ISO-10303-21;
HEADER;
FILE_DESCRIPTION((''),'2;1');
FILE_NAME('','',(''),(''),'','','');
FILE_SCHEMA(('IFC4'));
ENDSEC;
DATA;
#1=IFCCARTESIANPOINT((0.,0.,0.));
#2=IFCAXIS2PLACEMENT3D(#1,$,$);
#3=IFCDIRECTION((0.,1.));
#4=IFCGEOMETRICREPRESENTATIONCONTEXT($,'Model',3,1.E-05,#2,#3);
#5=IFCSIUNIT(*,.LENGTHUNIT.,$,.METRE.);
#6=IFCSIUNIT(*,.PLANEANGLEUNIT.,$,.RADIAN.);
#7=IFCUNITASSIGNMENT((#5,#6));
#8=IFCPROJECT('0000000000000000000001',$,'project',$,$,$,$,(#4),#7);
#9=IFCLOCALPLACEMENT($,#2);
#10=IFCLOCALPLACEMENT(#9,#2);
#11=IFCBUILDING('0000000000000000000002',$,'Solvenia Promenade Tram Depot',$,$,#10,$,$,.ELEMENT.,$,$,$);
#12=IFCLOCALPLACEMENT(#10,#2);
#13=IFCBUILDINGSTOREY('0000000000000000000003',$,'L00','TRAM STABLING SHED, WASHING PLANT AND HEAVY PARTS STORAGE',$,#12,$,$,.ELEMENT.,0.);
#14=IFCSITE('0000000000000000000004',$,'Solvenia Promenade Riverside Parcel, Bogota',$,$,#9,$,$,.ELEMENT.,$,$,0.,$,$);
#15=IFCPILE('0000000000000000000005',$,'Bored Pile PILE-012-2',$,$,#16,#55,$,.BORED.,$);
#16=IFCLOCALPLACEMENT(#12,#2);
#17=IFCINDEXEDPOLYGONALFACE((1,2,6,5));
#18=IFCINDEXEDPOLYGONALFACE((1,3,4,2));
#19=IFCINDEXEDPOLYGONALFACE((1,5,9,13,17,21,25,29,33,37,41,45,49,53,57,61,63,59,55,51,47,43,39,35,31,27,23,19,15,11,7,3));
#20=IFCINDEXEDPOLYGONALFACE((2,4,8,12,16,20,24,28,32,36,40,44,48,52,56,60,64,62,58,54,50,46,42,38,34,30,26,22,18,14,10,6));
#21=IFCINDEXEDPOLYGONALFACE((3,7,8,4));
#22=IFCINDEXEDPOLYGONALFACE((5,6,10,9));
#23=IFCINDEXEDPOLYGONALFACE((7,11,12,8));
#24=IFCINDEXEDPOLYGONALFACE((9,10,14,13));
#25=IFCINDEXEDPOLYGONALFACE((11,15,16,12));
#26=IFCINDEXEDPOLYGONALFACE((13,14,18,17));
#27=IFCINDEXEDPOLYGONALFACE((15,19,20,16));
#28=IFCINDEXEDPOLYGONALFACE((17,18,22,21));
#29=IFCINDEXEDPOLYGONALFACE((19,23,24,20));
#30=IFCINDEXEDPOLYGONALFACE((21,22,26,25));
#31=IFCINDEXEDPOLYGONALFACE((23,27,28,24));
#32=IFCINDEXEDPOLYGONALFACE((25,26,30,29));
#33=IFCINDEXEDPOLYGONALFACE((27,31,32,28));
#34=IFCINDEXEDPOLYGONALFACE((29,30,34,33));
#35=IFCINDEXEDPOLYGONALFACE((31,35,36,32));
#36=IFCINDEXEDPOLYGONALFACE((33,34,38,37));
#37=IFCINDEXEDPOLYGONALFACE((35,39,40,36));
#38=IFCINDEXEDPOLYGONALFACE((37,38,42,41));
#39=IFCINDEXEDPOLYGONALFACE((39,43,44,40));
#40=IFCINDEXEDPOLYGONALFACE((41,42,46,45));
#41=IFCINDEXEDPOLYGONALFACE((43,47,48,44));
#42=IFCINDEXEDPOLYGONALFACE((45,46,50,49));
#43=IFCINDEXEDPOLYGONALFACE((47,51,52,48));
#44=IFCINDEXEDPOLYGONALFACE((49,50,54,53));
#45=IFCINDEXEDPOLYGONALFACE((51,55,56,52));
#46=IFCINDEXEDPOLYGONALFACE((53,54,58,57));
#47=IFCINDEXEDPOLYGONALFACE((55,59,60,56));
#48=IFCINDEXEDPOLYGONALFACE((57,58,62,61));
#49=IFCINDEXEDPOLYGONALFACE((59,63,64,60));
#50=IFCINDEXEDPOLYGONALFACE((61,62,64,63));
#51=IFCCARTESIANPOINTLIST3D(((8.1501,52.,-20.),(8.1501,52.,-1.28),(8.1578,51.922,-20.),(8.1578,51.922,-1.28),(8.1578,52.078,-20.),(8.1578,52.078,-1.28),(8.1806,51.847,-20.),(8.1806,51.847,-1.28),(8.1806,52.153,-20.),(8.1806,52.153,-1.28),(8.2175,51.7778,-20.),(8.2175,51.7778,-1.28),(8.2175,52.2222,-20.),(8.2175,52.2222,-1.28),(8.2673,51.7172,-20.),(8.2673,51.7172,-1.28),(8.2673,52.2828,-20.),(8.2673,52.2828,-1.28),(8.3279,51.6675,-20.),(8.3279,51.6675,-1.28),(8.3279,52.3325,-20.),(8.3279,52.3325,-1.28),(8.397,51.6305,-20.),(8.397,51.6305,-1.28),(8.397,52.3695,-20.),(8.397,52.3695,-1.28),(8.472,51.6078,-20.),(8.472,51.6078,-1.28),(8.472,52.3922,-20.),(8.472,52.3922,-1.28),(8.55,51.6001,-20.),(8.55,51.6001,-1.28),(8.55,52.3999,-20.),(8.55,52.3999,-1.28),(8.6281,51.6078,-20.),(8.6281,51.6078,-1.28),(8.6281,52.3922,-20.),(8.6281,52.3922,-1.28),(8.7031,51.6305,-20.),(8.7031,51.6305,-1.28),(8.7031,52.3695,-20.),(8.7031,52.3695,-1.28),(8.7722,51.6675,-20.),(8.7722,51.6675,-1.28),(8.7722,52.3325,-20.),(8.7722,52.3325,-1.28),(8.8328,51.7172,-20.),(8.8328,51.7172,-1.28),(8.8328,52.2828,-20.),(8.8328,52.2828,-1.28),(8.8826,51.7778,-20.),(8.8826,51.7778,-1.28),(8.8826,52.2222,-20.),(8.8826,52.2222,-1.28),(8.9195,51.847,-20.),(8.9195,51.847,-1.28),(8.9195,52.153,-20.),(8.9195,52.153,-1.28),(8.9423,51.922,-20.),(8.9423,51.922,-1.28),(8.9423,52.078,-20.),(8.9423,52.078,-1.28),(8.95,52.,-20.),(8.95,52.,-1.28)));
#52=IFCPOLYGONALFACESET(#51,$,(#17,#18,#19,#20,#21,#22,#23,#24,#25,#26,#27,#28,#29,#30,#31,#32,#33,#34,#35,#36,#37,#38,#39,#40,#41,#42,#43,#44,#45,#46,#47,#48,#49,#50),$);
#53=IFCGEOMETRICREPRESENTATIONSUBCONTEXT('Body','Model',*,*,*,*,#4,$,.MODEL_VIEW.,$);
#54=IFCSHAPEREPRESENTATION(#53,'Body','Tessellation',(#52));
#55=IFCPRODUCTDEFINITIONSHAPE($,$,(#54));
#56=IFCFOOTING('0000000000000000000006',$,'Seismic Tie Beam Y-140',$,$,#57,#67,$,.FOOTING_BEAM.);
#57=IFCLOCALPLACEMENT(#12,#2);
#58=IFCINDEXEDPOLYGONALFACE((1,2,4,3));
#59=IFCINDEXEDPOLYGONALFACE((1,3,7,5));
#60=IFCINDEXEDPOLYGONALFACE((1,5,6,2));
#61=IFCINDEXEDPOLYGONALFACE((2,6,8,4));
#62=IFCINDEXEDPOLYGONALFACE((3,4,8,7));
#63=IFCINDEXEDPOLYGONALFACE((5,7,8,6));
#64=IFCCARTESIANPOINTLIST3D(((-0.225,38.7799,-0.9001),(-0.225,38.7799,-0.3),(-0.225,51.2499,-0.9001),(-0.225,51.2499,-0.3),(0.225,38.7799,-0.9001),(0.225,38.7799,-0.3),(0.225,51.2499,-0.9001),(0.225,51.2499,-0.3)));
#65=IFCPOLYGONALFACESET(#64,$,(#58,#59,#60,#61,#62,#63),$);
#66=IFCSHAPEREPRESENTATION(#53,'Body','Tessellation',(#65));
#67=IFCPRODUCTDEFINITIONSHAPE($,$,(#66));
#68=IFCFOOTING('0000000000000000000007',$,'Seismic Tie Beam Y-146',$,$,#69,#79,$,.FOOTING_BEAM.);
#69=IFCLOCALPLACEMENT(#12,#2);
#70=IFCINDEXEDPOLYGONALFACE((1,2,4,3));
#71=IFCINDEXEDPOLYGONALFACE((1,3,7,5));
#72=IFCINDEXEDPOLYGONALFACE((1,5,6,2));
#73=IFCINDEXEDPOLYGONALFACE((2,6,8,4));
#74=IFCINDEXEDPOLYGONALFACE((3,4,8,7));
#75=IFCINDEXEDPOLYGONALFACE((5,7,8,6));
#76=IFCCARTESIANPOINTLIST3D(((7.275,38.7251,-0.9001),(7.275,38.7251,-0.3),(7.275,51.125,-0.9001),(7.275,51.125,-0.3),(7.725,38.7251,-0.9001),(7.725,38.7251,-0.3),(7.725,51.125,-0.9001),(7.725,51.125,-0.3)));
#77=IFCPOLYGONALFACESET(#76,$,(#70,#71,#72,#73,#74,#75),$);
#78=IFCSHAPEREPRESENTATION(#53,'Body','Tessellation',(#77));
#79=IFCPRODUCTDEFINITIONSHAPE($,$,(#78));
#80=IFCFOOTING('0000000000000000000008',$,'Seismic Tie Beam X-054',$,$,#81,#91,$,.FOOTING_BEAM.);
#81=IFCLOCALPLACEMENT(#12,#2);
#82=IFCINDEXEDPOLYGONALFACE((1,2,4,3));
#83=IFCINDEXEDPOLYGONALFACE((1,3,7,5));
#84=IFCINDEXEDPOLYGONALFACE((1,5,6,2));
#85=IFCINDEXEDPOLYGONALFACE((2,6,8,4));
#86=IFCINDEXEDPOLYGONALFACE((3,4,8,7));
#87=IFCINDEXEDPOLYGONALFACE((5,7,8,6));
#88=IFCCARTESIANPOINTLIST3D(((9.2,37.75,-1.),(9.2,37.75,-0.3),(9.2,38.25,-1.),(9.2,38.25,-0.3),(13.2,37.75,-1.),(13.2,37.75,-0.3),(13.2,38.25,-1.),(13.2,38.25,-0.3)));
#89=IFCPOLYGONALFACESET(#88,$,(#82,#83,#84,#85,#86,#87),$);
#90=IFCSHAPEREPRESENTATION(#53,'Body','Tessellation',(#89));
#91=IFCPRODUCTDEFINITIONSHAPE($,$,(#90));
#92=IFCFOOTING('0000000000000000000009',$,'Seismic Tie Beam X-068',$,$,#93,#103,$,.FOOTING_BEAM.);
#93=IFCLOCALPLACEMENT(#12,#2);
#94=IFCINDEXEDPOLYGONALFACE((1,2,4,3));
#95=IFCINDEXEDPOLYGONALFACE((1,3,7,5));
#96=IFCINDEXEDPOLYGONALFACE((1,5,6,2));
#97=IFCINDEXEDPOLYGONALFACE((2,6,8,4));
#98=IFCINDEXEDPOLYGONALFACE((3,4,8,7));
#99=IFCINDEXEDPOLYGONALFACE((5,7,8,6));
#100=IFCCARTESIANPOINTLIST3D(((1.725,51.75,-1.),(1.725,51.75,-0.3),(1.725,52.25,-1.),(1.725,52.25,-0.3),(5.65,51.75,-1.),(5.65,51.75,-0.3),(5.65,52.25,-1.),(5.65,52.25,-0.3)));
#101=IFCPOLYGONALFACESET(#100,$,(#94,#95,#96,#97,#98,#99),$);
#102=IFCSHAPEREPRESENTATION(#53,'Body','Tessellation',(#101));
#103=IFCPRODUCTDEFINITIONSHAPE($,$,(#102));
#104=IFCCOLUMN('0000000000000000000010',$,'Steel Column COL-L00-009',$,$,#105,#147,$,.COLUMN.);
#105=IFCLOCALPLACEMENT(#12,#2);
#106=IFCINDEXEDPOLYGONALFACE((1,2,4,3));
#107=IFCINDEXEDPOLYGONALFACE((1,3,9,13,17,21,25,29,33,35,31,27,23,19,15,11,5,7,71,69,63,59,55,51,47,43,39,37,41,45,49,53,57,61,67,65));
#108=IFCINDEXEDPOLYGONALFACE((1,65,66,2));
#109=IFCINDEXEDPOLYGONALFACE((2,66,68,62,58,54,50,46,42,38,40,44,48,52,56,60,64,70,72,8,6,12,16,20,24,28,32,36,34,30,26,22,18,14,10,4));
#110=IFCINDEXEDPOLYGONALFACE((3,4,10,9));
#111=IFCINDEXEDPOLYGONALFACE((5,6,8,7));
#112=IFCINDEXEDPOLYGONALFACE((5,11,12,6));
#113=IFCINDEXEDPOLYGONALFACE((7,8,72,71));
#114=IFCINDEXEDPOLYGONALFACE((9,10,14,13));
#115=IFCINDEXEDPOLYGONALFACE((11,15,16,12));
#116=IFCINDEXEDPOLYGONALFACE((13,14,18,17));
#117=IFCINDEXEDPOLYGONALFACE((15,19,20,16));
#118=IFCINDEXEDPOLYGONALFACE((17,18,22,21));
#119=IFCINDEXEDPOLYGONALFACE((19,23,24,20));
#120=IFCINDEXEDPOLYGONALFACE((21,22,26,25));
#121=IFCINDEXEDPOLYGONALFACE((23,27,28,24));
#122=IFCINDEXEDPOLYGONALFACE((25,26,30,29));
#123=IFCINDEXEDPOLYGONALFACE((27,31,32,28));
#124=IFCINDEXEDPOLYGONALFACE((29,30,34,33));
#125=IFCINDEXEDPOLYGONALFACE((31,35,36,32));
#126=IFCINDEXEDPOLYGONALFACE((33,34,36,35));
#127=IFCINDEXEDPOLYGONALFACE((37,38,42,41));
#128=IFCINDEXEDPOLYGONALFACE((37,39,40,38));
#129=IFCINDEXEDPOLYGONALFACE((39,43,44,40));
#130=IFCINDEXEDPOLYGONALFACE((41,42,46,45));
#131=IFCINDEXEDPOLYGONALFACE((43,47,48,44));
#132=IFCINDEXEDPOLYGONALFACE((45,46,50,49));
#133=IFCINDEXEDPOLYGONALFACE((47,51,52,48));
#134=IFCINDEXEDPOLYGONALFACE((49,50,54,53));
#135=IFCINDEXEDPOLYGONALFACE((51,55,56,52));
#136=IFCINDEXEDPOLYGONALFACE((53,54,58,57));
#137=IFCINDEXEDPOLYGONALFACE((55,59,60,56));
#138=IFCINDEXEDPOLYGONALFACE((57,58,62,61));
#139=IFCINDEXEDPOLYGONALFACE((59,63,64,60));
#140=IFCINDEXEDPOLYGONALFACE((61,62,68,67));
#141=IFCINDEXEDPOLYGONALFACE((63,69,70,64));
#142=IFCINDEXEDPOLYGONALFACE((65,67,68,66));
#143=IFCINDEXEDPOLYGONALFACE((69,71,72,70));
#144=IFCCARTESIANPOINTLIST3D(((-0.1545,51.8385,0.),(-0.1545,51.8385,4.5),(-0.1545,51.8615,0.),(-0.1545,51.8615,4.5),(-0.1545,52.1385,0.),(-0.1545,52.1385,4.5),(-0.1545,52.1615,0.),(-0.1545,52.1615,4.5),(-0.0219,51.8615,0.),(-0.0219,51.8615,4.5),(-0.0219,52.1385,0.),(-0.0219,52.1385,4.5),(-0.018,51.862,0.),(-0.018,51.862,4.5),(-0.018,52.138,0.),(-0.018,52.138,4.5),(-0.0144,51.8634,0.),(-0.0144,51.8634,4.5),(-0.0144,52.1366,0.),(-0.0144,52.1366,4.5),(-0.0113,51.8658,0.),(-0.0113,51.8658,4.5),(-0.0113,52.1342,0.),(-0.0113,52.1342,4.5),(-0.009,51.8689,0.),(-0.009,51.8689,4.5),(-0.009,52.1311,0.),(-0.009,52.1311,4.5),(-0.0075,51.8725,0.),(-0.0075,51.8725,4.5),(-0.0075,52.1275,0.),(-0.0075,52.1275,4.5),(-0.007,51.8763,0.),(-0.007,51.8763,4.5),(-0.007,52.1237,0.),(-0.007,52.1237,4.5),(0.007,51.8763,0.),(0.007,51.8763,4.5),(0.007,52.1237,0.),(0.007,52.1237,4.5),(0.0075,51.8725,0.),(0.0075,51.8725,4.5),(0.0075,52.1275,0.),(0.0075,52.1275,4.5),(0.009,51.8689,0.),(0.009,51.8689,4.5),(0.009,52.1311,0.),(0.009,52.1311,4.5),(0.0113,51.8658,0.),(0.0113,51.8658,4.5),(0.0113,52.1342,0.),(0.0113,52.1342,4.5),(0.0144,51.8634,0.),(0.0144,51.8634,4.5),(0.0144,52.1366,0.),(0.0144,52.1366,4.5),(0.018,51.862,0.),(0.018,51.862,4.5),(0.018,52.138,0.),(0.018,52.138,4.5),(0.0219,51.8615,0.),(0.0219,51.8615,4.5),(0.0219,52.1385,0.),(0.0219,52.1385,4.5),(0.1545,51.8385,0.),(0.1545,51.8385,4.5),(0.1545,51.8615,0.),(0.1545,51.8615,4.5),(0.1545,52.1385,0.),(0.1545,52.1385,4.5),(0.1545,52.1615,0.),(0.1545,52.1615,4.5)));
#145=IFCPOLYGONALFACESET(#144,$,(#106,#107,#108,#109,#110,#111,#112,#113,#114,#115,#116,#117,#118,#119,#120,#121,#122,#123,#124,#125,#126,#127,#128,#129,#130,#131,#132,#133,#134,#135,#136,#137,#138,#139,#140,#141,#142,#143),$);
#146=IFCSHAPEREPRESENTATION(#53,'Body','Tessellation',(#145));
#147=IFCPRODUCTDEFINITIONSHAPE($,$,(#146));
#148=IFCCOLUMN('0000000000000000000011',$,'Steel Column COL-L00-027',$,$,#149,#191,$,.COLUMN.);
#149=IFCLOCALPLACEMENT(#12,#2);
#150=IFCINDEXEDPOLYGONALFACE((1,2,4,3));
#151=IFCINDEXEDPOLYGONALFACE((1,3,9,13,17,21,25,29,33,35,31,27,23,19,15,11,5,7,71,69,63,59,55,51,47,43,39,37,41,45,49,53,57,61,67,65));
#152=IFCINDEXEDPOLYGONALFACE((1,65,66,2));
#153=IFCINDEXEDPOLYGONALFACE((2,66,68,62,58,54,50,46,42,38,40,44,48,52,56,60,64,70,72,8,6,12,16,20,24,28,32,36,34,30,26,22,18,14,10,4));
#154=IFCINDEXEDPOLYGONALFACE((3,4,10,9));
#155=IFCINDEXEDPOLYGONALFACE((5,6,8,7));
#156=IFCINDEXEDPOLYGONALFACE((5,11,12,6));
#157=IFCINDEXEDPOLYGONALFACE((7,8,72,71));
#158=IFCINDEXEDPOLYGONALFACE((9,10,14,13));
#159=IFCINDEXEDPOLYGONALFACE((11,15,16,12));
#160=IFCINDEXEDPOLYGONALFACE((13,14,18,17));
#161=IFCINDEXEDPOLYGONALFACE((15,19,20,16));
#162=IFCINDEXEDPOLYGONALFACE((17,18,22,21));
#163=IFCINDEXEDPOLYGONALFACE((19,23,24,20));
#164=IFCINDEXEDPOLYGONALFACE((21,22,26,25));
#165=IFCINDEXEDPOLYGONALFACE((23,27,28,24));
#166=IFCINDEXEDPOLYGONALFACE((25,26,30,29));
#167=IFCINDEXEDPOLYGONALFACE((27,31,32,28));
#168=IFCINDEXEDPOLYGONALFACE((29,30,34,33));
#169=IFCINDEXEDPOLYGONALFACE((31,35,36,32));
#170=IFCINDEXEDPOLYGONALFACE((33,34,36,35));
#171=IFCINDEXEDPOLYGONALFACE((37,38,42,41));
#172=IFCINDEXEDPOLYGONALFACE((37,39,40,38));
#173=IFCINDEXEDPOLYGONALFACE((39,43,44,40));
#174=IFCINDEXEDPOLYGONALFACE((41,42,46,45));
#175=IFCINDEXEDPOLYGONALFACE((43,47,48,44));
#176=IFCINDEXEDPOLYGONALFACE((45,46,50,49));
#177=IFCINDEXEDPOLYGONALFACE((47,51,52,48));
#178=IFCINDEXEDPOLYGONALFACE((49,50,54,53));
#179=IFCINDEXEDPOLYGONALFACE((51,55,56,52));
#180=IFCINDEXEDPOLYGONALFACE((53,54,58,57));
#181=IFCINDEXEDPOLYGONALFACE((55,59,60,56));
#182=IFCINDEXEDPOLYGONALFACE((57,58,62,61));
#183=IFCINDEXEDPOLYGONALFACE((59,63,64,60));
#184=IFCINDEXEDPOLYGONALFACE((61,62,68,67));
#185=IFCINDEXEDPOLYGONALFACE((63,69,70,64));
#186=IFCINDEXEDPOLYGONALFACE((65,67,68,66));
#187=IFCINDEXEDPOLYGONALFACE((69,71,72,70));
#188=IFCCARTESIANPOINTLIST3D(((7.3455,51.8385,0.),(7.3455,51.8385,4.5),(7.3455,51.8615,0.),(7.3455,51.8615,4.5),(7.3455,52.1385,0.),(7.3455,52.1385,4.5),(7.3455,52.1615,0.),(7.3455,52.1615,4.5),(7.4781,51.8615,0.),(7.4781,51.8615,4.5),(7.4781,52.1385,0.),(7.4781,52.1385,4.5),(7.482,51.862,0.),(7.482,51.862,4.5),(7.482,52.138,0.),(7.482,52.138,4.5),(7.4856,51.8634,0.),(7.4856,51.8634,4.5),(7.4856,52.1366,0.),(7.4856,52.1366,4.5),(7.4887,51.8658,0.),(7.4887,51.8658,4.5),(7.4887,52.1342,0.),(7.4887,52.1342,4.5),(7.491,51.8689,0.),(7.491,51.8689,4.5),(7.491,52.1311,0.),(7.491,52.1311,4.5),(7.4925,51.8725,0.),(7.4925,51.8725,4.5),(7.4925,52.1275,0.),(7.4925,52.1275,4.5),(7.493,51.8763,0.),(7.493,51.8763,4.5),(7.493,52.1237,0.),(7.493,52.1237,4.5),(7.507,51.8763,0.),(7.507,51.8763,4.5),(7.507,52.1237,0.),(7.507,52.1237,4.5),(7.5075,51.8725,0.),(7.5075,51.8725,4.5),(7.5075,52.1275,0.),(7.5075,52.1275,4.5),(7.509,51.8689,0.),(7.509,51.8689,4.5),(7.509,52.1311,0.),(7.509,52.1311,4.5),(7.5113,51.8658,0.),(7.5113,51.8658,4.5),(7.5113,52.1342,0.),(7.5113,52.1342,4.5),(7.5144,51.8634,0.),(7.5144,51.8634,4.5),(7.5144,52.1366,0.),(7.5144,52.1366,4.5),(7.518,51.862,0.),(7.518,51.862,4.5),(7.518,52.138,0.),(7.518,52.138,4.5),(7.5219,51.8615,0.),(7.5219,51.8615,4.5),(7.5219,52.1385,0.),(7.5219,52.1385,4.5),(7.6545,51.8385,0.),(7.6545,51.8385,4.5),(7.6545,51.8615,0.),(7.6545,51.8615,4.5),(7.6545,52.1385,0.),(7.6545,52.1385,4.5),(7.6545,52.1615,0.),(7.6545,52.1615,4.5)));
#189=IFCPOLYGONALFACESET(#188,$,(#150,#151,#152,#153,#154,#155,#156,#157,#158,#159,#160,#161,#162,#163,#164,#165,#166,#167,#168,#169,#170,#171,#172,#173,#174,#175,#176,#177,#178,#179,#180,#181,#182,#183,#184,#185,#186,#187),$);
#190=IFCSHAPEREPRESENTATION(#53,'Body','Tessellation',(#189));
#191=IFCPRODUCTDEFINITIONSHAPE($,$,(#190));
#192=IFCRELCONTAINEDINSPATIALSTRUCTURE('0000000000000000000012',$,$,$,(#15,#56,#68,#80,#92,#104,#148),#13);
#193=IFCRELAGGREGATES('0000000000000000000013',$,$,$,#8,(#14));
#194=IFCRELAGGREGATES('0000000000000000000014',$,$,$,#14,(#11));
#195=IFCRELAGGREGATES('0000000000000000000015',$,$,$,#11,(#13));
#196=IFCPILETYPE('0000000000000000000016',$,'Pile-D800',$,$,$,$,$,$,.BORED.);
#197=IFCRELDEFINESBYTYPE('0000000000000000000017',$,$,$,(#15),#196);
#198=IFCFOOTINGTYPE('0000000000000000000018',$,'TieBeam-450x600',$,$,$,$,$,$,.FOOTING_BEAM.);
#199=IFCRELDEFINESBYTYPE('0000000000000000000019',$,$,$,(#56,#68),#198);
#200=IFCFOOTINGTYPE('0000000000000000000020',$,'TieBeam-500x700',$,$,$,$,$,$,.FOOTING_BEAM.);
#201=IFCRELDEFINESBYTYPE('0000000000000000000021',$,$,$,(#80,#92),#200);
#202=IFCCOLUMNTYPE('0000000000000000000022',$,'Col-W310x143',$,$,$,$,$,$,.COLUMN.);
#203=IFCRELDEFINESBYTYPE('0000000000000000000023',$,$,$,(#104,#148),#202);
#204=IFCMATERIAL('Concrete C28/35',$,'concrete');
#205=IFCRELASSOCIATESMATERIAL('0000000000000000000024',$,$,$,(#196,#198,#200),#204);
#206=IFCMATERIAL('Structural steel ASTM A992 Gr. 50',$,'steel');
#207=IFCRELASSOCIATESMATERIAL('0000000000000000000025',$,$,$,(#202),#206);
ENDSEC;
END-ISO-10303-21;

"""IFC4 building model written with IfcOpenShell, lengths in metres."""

from ifc_helpers import new_model, si_unit, direction, frame, origin, origin_2d, place, context, subcontext, project, spatial, rectangle, circle, i_section, extrude, material, material_profile, profile_set, type_object, element, save


model = new_model("IFC4")

# Units and contexts
model_context = context("Model", 3, precision=1e-05, world=origin(), true_north=direction((0.0, 1.0)))
body_context = subcontext(model_context, "Body", "Model", "MODEL_VIEW")
ifc_project = project(units=[si_unit("LENGTHUNIT", "METRE"), si_unit("PLANEANGLEUNIT", "RADIAN")], contexts=[model_context])

# Site, building, storey
site_placement = place(None, origin())
site = spatial("IfcSite", under=ifc_project, at=site_placement, Name="Solvenia Promenade Riverside Parcel, Bogota", CompositionType="ELEMENT", RefElevation=0.0)
building_placement = place(site_placement, origin())
building = spatial("IfcBuilding", under=site, at=building_placement, Name="Solvenia Promenade Tram Depot", CompositionType="ELEMENT")
storey_placement = place(building_placement, origin())
storey = spatial("IfcBuildingStorey", under=building, at=storey_placement, Name="L00", Description="TRAM STABLING SHED, WASHING PLANT AND HEAVY PARTS STORAGE", CompositionType="ELEMENT", Elevation=0.0)

# Shared definitions
ifc_material_1 = material(Name="Concrete C28/35", Category="concrete")

# Pile
ifc_material_profile_1 = material_profile(ifc_material_1, circle(Radius=0.3999, at=origin_2d()), Name="D800", Category="concrete")
ifc_profile_set_1 = profile_set([ifc_material_profile_1], Name="Concrete C28/35")
pile_type = type_object("IfcPileType", Name="Pile-D800", PredefinedType="BORED", material=ifc_profile_set_1)
for number, where, z_axis, x_axis, name in (
    (1, (8.55, 52.0, -1.28), (0.0, 0.0, -1.0), (1.0, 0.0, 0.0), "Bored Pile PILE-012-2"),
):
    element("IfcPile", number, at=place(storey_placement, frame(where, z_axis=z_axis, x_axis=x_axis)), inside=storey, type_object=pile_type, Name=name, PredefinedType="BORED", context=body_context, shape_type="SweptSolid", body=[
        extrude(circle(Radius=0.3999, at=origin_2d()), origin(), (0.0, 0.0, 1.0), 18.72),
    ])

# Footings
footing_type_1 = type_object("IfcFootingType", Name="TieBeam-450x600", PredefinedType="FOOTING_BEAM", material=ifc_material_1)
footing_1_placement = place(storey_placement, frame((0.0, 45.0149, -0.9001), z_axis=(0.0, 0.0, 1.0), x_axis=(1.0, 0.0, 0.0)))
element("IfcFooting", 2, at=footing_1_placement, inside=storey, type_object=footing_type_1, Name="Seismic Tie Beam Y-140", PredefinedType="FOOTING_BEAM", context=body_context, shape_type="SweptSolid", body=[
    extrude(rectangle(XDim=0.45, YDim=12.47, at=origin_2d()), origin(), (0.0, 0.0, 1.0), 0.6001),
])
footing_2_placement = place(storey_placement, frame((7.5, 44.925, -0.9001), z_axis=(0.0, 0.0, 1.0), x_axis=(1.0, 0.0, 0.0)))
element("IfcFooting", 3, at=footing_2_placement, inside=storey, type_object=footing_type_1, Name="Seismic Tie Beam Y-146", PredefinedType="FOOTING_BEAM", context=body_context, shape_type="SweptSolid", body=[
    extrude(rectangle(XDim=0.45, YDim=12.3999, at=origin_2d()), origin(), (0.0, 0.0, 1.0), 0.6001),
])
footing_type_2 = type_object("IfcFootingType", Name="TieBeam-500x700", PredefinedType="FOOTING_BEAM", material=ifc_material_1)
footing_3_placement = place(storey_placement, frame((11.2, 38.0, -1.0), z_axis=(0.0, 0.0, 1.0), x_axis=(1.0, 0.0, 0.0)))
element("IfcFooting", 4, at=footing_3_placement, inside=storey, type_object=footing_type_2, Name="Seismic Tie Beam X-054", PredefinedType="FOOTING_BEAM", context=body_context, shape_type="SweptSolid", body=[
    extrude(rectangle(XDim=4.0, YDim=0.5, at=origin_2d()), origin(), (0.0, 0.0, 1.0), 0.7),
])
footing_4_placement = place(storey_placement, frame((3.6875, 52.0, -1.0), z_axis=(0.0, 0.0, 1.0), x_axis=(1.0, 0.0, 0.0)))
element("IfcFooting", 5, at=footing_4_placement, inside=storey, type_object=footing_type_2, Name="Seismic Tie Beam X-068", PredefinedType="FOOTING_BEAM", context=body_context, shape_type="SweptSolid", body=[
    extrude(rectangle(XDim=3.925, YDim=0.5, at=origin_2d()), origin(), (0.0, 0.0, 1.0), 0.7),
])

# Columns
ifc_material_2 = material(Name="Structural steel ASTM A992 Gr. 50", Category="steel")
ifc_material_profile_2 = material_profile(ifc_material_2, i_section(OverallWidth=0.3091, OverallDepth=0.323, WebThickness=0.0139, FlangeThickness=0.0229, FilletRadius=0.0149, at=origin_2d()), Name="W310x143", Category="steel")
ifc_profile_set_2 = profile_set([ifc_material_profile_2], Name="Structural steel ASTM A992 Gr. 50")
column_type = type_object("IfcColumnType", Name="Col-W310x143", PredefinedType="COLUMN", material=ifc_profile_set_2)
for number, where, z_axis, x_axis, name in (
    (6, (0.0, 52.0, 0.0), (0.0, 0.0, 1.0), (1.0, 0.0, 0.0), "Steel Column COL-L00-009"),
    (7, (7.5, 52.0, 0.0), (0.0, 0.0, 1.0), (1.0, 0.0, 0.0), "Steel Column COL-L00-027"),
):
    element("IfcColumn", number, at=place(storey_placement, frame(where, z_axis=z_axis, x_axis=x_axis)), inside=storey, type_object=column_type, Name=name, PredefinedType="COLUMN", context=body_context, shape_type="SweptSolid", body=[
        extrude(i_section(OverallWidth=0.3091, OverallDepth=0.323, WebThickness=0.0139, FlangeThickness=0.0229, FilletRadius=0.0149, at=origin_2d()), origin(), (0.0, 0.0, 1.0), 4.5),
    ])

save(model, "model.ifc")
